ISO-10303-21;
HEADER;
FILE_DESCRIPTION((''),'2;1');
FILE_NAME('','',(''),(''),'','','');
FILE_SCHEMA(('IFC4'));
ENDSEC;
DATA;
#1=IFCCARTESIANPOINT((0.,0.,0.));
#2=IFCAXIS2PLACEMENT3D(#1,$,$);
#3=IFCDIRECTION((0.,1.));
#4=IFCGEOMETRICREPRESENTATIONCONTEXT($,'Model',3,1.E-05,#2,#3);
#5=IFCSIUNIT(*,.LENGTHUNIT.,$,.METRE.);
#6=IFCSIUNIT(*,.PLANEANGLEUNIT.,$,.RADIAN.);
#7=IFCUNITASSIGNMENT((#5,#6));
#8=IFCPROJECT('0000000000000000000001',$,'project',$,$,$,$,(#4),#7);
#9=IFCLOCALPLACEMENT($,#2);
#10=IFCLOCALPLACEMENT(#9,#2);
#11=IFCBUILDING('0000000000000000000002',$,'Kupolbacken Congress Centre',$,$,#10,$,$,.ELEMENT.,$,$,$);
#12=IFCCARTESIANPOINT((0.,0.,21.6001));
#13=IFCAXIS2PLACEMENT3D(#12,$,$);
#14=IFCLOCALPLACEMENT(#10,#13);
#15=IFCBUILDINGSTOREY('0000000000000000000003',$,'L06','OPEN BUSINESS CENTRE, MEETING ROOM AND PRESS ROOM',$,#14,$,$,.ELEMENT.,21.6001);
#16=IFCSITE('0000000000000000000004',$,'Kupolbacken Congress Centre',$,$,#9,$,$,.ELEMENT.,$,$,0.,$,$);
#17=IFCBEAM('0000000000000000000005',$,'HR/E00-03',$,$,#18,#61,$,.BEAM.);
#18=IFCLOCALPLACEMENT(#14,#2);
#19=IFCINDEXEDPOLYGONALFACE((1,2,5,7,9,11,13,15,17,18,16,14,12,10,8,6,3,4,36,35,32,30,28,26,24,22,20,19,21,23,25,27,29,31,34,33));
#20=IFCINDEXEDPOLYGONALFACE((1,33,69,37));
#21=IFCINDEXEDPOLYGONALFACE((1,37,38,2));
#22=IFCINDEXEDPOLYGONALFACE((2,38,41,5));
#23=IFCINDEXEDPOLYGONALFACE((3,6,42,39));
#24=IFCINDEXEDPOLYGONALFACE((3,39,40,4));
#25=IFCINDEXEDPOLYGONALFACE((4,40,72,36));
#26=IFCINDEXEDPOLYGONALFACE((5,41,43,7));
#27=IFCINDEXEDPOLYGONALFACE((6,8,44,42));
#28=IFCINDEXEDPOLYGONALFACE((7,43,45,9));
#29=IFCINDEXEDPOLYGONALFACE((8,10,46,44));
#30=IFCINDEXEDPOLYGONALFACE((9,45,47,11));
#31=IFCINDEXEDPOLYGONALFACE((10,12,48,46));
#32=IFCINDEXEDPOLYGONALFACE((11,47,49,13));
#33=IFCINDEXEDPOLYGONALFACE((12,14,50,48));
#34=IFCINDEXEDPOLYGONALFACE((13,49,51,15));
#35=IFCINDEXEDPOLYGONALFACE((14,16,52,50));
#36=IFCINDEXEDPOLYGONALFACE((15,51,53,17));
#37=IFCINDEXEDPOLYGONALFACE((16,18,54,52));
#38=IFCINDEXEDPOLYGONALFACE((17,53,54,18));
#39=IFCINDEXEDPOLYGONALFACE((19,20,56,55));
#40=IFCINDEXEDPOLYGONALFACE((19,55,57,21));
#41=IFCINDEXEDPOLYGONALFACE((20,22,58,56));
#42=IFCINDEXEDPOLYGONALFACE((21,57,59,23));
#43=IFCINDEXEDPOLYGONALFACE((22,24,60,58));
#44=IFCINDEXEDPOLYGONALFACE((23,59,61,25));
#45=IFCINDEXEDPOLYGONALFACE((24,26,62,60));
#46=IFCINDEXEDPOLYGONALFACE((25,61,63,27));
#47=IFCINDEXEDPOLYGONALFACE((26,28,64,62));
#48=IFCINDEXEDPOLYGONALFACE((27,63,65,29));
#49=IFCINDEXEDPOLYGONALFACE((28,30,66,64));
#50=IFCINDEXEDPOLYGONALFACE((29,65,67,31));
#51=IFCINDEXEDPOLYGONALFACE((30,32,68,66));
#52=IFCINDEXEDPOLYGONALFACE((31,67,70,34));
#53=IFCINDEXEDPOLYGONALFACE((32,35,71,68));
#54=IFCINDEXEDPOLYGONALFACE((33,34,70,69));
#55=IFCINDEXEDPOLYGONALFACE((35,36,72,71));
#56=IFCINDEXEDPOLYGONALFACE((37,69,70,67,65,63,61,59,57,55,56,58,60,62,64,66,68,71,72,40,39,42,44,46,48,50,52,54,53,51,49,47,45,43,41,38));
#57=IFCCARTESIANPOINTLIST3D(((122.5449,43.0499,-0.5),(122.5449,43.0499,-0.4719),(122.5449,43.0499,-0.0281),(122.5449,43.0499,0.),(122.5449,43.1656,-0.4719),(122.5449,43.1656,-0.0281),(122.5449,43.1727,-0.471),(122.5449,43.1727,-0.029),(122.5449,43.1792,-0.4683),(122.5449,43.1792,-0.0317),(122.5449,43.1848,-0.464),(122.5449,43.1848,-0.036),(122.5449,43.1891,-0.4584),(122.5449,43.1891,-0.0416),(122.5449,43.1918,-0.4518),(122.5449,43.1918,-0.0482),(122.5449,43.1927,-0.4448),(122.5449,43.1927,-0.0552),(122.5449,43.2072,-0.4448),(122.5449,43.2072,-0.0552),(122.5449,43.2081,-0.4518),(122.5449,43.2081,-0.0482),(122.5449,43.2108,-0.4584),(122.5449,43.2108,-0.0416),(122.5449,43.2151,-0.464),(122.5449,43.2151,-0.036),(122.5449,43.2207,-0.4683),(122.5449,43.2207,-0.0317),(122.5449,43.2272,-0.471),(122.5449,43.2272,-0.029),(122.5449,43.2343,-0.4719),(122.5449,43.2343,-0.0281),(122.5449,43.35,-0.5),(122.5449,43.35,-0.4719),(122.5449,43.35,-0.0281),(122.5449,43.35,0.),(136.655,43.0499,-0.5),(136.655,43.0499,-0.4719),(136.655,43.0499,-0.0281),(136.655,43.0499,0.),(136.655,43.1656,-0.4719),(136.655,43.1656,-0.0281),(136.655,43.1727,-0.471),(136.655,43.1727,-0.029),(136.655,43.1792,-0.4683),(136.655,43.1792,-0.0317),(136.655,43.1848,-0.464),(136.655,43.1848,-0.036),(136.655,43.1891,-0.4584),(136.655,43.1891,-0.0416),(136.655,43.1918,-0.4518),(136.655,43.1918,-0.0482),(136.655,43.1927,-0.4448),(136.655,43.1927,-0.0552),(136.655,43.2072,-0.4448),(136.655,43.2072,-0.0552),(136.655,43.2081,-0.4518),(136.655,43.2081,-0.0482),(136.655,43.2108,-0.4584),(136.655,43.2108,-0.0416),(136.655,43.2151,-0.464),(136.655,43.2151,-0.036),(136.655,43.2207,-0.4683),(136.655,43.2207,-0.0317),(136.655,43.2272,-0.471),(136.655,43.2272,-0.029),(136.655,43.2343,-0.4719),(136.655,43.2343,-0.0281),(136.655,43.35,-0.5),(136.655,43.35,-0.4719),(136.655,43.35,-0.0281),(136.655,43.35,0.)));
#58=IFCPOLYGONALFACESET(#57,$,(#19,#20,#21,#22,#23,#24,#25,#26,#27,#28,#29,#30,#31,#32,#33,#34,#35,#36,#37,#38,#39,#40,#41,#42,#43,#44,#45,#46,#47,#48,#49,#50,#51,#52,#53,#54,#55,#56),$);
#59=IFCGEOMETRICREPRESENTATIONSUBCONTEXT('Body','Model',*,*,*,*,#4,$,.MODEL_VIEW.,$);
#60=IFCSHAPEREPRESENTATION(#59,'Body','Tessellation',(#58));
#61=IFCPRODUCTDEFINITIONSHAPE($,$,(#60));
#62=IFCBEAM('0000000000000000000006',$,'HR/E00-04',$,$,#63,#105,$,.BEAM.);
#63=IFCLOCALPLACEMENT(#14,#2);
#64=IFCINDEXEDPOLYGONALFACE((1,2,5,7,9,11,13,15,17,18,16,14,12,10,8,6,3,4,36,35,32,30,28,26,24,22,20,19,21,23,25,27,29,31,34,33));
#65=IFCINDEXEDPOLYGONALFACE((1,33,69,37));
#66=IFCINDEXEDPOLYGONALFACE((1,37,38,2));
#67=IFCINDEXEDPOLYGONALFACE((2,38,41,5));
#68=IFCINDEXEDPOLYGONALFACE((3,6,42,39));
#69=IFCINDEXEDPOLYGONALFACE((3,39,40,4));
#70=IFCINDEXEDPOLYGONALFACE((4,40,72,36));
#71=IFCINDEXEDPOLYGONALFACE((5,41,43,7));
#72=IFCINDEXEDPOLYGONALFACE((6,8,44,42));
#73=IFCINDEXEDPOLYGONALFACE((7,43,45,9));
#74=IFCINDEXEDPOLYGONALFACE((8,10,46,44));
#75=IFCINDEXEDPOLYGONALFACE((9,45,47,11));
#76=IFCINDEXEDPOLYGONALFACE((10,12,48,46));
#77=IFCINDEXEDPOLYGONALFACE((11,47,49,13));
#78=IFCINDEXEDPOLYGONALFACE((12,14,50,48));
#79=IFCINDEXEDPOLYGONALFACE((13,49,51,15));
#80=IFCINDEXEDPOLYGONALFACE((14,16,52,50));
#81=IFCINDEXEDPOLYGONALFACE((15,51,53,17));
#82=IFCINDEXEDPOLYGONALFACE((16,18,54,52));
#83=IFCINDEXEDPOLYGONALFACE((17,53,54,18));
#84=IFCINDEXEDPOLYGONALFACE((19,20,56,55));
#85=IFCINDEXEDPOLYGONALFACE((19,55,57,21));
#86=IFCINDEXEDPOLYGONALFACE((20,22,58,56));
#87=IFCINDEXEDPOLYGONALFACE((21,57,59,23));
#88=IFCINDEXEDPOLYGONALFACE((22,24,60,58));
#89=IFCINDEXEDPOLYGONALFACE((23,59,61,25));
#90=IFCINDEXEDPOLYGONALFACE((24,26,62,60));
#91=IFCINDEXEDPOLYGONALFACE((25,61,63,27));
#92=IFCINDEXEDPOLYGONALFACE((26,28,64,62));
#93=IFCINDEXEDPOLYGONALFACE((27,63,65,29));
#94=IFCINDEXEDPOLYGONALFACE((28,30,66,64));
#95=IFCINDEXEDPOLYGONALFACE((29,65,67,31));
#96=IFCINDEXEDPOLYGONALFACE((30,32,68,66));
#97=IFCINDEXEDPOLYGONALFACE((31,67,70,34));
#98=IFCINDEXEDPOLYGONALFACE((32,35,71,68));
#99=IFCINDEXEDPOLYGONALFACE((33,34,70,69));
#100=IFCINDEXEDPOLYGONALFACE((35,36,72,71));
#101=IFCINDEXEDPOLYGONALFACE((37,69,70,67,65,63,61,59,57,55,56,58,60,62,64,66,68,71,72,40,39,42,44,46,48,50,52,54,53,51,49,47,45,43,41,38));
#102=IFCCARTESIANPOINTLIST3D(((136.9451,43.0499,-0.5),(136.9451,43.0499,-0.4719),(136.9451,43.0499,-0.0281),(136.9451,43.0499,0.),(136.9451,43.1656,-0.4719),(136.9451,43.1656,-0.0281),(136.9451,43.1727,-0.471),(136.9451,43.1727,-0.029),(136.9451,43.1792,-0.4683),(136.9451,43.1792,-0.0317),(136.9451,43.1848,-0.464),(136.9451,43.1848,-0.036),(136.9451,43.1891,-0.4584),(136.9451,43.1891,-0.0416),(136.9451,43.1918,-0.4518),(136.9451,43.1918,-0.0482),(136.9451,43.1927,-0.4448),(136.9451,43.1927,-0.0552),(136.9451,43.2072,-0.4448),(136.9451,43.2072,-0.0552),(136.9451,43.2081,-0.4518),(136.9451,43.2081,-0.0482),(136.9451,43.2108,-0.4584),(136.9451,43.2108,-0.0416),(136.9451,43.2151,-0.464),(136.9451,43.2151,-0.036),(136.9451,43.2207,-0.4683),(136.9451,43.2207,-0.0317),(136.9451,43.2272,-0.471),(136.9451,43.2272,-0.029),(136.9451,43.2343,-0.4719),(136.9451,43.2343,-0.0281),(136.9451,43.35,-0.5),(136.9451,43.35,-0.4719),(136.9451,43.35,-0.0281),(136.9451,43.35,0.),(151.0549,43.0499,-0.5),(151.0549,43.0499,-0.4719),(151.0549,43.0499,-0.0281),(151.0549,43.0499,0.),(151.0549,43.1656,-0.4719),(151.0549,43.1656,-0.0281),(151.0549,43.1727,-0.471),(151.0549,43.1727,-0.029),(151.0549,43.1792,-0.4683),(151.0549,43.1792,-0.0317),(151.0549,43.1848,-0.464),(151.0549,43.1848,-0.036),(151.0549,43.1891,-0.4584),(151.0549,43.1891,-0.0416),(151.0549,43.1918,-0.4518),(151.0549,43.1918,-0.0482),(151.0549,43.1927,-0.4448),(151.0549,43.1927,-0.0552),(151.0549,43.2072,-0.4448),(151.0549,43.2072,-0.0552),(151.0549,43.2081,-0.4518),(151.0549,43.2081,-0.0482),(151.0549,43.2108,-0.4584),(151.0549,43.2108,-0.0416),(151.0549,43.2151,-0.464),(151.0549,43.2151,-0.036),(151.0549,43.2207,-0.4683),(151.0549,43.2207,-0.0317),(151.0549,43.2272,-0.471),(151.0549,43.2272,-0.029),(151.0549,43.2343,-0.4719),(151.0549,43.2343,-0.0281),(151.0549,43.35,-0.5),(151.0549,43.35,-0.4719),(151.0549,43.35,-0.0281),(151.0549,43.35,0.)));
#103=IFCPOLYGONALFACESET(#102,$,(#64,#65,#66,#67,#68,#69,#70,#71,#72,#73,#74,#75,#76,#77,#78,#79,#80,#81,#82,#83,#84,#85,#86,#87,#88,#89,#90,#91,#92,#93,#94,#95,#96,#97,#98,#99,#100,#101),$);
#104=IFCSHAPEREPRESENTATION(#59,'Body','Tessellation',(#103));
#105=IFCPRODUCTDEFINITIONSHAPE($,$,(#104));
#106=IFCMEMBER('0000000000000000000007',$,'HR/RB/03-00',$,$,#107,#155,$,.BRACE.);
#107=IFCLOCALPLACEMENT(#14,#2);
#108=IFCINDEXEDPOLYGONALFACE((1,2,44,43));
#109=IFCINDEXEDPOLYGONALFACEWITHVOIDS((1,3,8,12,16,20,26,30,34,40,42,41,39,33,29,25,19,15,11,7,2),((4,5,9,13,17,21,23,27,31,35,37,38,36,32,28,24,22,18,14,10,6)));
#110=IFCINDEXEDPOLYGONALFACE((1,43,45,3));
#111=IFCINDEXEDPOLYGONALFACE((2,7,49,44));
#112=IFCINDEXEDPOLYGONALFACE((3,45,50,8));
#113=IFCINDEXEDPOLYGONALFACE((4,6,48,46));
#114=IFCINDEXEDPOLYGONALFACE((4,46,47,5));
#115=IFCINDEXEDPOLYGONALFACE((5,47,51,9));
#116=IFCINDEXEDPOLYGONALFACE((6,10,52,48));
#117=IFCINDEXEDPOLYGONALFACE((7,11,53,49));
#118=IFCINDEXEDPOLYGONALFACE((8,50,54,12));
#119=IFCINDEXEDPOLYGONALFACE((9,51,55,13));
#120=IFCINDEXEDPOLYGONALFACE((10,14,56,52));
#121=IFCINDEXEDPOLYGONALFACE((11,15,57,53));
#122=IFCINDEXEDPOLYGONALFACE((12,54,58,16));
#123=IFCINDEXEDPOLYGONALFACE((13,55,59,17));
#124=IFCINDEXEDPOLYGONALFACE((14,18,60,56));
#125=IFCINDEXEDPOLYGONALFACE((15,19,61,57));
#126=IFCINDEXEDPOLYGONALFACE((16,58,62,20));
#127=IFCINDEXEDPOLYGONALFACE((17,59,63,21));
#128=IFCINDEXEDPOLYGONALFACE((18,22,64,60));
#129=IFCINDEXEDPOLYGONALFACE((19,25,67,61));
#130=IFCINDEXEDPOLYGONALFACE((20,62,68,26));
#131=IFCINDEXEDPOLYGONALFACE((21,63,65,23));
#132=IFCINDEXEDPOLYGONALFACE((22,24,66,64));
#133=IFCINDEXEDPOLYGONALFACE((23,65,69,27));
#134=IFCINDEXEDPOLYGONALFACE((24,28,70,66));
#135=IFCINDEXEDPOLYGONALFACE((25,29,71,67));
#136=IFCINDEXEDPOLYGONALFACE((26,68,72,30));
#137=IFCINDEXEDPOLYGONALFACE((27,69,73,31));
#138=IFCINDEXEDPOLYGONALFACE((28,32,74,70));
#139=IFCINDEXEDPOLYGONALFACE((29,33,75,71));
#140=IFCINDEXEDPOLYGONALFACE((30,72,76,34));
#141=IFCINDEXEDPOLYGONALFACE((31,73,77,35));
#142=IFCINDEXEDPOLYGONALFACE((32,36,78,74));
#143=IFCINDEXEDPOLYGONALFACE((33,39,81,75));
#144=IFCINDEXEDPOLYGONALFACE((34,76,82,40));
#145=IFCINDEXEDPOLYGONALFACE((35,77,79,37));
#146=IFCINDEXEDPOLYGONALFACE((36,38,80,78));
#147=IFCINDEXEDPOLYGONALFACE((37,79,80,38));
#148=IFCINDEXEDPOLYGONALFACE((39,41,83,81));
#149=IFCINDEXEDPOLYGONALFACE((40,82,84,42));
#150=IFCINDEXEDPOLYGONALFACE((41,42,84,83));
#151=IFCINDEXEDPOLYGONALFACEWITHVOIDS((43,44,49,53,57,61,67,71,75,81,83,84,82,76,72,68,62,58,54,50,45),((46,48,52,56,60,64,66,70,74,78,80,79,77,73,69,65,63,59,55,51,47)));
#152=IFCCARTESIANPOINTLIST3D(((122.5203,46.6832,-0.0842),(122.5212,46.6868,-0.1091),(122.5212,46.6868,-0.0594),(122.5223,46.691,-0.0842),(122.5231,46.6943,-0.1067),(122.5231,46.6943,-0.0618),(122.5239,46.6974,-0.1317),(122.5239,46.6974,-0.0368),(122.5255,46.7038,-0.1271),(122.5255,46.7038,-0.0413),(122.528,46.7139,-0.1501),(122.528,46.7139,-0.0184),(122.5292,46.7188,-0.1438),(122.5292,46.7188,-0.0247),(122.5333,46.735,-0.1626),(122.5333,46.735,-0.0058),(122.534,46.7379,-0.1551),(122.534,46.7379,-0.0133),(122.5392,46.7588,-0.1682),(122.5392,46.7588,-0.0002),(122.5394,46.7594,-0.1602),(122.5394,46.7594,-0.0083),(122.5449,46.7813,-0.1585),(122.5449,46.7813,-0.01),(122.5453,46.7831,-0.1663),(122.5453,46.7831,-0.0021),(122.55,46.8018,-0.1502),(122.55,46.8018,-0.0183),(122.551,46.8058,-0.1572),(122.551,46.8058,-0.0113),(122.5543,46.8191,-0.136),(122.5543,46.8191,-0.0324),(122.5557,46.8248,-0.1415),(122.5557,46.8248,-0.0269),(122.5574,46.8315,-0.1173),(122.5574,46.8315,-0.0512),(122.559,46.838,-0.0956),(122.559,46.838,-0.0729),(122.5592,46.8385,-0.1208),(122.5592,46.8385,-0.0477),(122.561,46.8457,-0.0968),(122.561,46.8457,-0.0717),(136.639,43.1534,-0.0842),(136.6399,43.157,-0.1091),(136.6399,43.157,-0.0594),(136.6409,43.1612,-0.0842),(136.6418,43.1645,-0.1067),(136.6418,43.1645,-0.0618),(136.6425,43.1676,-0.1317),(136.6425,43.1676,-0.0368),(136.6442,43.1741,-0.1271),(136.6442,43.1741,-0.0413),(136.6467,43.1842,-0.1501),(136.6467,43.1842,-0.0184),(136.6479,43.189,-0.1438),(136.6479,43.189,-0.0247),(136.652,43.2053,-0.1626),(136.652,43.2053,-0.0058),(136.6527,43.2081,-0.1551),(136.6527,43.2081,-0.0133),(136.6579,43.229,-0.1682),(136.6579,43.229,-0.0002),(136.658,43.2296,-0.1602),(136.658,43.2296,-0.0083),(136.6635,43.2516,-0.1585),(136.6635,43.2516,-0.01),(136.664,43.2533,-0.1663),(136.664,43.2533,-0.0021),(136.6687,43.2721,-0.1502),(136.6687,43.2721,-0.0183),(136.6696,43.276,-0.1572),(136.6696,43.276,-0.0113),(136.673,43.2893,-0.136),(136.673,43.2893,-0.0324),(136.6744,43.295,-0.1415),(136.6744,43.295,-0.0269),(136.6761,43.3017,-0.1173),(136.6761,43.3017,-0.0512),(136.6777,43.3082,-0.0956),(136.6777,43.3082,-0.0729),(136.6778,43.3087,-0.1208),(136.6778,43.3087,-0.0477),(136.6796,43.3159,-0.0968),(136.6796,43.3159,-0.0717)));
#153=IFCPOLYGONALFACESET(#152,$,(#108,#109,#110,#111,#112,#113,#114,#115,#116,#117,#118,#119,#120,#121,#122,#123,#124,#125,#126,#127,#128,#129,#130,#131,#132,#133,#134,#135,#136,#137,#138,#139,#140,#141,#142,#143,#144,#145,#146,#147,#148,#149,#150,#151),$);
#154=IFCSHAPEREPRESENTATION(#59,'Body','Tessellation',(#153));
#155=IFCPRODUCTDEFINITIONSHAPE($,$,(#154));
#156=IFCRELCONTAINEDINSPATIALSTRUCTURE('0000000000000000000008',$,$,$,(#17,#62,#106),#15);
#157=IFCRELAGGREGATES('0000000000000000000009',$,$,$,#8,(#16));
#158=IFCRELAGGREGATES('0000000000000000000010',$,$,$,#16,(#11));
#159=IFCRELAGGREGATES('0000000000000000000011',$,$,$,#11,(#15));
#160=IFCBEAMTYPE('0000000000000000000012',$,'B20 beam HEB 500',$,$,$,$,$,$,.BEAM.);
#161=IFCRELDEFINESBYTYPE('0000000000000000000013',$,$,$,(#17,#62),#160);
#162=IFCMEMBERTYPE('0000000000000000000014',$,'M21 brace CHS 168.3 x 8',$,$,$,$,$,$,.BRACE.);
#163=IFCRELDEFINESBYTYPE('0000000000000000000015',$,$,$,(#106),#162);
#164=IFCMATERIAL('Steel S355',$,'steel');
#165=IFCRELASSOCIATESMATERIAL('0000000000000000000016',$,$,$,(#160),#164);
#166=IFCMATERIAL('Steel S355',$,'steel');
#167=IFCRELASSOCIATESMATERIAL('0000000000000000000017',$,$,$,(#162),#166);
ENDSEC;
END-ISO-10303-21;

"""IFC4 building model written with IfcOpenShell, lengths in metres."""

from ifc_helpers import new_model, si_unit, direction, frame, origin, origin_2d, place, context, subcontext, project, spatial, hollow_circle, i_section, extrude, material, material_profile, profile_set, type_object, element, save


model = new_model("IFC4")

# Units and contexts
model_context = context("Model", 3, precision=1e-05, world=origin(), true_north=direction((0.0, 1.0)))
body_context = subcontext(model_context, "Body", "Model", "MODEL_VIEW")
ifc_project = project(units=[si_unit("LENGTHUNIT", "METRE"), si_unit("PLANEANGLEUNIT", "RADIAN")], contexts=[model_context])

# Site, building, storey
site_placement = place(None, origin())
site = spatial("IfcSite", under=ifc_project, at=site_placement, Name="Kupolbacken Congress Centre", CompositionType="ELEMENT", RefElevation=0.0)
building_placement = place(site_placement, origin())
building = spatial("IfcBuilding", under=site, at=building_placement, Name="Kupolbacken Congress Centre", CompositionType="ELEMENT")
storey_placement = place(building_placement, frame((0.0, 0.0, 21.6001)))
storey = spatial("IfcBuildingStorey", under=building, at=storey_placement, Name="L06", Description="OPEN BUSINESS CENTRE, MEETING ROOM AND PRESS ROOM", CompositionType="ELEMENT", Elevation=21.6001)

# Beams
ifc_material_1 = material(Name="Steel S355", Category="steel")
ifc_material_profile_1 = material_profile(ifc_material_1, i_section(OverallWidth=0.3, OverallDepth=0.5, WebThickness=0.0144, FlangeThickness=0.0281, FilletRadius=0.0271, at=origin_2d()), Name="HEB 500")
ifc_profile_set_1 = profile_set([ifc_material_profile_1], Name="Steel S355")
beam_type_1 = type_object("IfcBeamType", Name="B20 beam HEB 500", PredefinedType="BEAM", material=ifc_profile_set_1)
beam_1_placement = place(storey_placement, frame((122.5449, 43.2, -0.25), z_axis=(1.0, 0.0, 0.0), x_axis=(0.0, 1.0, 0.0)))
element("IfcBeam", 1, at=beam_1_placement, inside=storey, type_object=beam_type_1, Name="HR/E00-03", PredefinedType="BEAM", context=body_context, shape_type="SweptSolid", body=[
    extrude(i_section(OverallWidth=0.3, OverallDepth=0.5, WebThickness=0.0144, FlangeThickness=0.0281, FilletRadius=0.0271, at=origin_2d()), origin(), (0.0, 0.0, 1.0), 14.1101),
])
beam_2_placement = place(storey_placement, frame((136.9451, 43.2, -0.25), z_axis=(1.0, 0.0, 0.0), x_axis=(0.0, 1.0, 0.0)))
element("IfcBeam", 2, at=beam_2_placement, inside=storey, type_object=beam_type_1, Name="HR/E00-04", PredefinedType="BEAM", context=body_context, shape_type="SweptSolid", body=[
    extrude(i_section(OverallWidth=0.3, OverallDepth=0.5, WebThickness=0.0144, FlangeThickness=0.0281, FilletRadius=0.0271, at=origin_2d()), origin(), (0.0, 0.0, 1.0), 14.1099),
])

# Member
ifc_material_2 = material(Name="Steel S355", Category="steel")
ifc_material_profile_2 = material_profile(ifc_material_2, hollow_circle(Radius=0.0842, WallThickness=0.0081, at=origin_2d()), Name="CHS 168.3 x 8")
ifc_profile_set_2 = profile_set([ifc_material_profile_2], Name="Steel S355")
member_type = type_object("IfcMemberType", Name="M21 brace CHS 168.3 x 8", PredefinedType="BRACE", material=ifc_profile_set_2)
for number, where, z_axis, x_axis, name in (
    (3, (136.6594, 43.2351, -0.0842), (-0.970141, 0.242544, 0.0), (-0.242544, -0.970141, 0.0), "HR/RB/03-00"),
):
    element("IfcMember", number, at=place(storey_placement, frame(where, z_axis=z_axis, x_axis=x_axis)), inside=storey, type_object=member_type, Name=name, PredefinedType="BRACE", context=body_context, shape_type="SweptSolid", body=[
        extrude(hollow_circle(Radius=0.0842, WallThickness=0.0081, at=origin_2d()), origin(), (0.0, 0.0, 1.0), 14.5532),
    ])

save(model, "model.ifc")
